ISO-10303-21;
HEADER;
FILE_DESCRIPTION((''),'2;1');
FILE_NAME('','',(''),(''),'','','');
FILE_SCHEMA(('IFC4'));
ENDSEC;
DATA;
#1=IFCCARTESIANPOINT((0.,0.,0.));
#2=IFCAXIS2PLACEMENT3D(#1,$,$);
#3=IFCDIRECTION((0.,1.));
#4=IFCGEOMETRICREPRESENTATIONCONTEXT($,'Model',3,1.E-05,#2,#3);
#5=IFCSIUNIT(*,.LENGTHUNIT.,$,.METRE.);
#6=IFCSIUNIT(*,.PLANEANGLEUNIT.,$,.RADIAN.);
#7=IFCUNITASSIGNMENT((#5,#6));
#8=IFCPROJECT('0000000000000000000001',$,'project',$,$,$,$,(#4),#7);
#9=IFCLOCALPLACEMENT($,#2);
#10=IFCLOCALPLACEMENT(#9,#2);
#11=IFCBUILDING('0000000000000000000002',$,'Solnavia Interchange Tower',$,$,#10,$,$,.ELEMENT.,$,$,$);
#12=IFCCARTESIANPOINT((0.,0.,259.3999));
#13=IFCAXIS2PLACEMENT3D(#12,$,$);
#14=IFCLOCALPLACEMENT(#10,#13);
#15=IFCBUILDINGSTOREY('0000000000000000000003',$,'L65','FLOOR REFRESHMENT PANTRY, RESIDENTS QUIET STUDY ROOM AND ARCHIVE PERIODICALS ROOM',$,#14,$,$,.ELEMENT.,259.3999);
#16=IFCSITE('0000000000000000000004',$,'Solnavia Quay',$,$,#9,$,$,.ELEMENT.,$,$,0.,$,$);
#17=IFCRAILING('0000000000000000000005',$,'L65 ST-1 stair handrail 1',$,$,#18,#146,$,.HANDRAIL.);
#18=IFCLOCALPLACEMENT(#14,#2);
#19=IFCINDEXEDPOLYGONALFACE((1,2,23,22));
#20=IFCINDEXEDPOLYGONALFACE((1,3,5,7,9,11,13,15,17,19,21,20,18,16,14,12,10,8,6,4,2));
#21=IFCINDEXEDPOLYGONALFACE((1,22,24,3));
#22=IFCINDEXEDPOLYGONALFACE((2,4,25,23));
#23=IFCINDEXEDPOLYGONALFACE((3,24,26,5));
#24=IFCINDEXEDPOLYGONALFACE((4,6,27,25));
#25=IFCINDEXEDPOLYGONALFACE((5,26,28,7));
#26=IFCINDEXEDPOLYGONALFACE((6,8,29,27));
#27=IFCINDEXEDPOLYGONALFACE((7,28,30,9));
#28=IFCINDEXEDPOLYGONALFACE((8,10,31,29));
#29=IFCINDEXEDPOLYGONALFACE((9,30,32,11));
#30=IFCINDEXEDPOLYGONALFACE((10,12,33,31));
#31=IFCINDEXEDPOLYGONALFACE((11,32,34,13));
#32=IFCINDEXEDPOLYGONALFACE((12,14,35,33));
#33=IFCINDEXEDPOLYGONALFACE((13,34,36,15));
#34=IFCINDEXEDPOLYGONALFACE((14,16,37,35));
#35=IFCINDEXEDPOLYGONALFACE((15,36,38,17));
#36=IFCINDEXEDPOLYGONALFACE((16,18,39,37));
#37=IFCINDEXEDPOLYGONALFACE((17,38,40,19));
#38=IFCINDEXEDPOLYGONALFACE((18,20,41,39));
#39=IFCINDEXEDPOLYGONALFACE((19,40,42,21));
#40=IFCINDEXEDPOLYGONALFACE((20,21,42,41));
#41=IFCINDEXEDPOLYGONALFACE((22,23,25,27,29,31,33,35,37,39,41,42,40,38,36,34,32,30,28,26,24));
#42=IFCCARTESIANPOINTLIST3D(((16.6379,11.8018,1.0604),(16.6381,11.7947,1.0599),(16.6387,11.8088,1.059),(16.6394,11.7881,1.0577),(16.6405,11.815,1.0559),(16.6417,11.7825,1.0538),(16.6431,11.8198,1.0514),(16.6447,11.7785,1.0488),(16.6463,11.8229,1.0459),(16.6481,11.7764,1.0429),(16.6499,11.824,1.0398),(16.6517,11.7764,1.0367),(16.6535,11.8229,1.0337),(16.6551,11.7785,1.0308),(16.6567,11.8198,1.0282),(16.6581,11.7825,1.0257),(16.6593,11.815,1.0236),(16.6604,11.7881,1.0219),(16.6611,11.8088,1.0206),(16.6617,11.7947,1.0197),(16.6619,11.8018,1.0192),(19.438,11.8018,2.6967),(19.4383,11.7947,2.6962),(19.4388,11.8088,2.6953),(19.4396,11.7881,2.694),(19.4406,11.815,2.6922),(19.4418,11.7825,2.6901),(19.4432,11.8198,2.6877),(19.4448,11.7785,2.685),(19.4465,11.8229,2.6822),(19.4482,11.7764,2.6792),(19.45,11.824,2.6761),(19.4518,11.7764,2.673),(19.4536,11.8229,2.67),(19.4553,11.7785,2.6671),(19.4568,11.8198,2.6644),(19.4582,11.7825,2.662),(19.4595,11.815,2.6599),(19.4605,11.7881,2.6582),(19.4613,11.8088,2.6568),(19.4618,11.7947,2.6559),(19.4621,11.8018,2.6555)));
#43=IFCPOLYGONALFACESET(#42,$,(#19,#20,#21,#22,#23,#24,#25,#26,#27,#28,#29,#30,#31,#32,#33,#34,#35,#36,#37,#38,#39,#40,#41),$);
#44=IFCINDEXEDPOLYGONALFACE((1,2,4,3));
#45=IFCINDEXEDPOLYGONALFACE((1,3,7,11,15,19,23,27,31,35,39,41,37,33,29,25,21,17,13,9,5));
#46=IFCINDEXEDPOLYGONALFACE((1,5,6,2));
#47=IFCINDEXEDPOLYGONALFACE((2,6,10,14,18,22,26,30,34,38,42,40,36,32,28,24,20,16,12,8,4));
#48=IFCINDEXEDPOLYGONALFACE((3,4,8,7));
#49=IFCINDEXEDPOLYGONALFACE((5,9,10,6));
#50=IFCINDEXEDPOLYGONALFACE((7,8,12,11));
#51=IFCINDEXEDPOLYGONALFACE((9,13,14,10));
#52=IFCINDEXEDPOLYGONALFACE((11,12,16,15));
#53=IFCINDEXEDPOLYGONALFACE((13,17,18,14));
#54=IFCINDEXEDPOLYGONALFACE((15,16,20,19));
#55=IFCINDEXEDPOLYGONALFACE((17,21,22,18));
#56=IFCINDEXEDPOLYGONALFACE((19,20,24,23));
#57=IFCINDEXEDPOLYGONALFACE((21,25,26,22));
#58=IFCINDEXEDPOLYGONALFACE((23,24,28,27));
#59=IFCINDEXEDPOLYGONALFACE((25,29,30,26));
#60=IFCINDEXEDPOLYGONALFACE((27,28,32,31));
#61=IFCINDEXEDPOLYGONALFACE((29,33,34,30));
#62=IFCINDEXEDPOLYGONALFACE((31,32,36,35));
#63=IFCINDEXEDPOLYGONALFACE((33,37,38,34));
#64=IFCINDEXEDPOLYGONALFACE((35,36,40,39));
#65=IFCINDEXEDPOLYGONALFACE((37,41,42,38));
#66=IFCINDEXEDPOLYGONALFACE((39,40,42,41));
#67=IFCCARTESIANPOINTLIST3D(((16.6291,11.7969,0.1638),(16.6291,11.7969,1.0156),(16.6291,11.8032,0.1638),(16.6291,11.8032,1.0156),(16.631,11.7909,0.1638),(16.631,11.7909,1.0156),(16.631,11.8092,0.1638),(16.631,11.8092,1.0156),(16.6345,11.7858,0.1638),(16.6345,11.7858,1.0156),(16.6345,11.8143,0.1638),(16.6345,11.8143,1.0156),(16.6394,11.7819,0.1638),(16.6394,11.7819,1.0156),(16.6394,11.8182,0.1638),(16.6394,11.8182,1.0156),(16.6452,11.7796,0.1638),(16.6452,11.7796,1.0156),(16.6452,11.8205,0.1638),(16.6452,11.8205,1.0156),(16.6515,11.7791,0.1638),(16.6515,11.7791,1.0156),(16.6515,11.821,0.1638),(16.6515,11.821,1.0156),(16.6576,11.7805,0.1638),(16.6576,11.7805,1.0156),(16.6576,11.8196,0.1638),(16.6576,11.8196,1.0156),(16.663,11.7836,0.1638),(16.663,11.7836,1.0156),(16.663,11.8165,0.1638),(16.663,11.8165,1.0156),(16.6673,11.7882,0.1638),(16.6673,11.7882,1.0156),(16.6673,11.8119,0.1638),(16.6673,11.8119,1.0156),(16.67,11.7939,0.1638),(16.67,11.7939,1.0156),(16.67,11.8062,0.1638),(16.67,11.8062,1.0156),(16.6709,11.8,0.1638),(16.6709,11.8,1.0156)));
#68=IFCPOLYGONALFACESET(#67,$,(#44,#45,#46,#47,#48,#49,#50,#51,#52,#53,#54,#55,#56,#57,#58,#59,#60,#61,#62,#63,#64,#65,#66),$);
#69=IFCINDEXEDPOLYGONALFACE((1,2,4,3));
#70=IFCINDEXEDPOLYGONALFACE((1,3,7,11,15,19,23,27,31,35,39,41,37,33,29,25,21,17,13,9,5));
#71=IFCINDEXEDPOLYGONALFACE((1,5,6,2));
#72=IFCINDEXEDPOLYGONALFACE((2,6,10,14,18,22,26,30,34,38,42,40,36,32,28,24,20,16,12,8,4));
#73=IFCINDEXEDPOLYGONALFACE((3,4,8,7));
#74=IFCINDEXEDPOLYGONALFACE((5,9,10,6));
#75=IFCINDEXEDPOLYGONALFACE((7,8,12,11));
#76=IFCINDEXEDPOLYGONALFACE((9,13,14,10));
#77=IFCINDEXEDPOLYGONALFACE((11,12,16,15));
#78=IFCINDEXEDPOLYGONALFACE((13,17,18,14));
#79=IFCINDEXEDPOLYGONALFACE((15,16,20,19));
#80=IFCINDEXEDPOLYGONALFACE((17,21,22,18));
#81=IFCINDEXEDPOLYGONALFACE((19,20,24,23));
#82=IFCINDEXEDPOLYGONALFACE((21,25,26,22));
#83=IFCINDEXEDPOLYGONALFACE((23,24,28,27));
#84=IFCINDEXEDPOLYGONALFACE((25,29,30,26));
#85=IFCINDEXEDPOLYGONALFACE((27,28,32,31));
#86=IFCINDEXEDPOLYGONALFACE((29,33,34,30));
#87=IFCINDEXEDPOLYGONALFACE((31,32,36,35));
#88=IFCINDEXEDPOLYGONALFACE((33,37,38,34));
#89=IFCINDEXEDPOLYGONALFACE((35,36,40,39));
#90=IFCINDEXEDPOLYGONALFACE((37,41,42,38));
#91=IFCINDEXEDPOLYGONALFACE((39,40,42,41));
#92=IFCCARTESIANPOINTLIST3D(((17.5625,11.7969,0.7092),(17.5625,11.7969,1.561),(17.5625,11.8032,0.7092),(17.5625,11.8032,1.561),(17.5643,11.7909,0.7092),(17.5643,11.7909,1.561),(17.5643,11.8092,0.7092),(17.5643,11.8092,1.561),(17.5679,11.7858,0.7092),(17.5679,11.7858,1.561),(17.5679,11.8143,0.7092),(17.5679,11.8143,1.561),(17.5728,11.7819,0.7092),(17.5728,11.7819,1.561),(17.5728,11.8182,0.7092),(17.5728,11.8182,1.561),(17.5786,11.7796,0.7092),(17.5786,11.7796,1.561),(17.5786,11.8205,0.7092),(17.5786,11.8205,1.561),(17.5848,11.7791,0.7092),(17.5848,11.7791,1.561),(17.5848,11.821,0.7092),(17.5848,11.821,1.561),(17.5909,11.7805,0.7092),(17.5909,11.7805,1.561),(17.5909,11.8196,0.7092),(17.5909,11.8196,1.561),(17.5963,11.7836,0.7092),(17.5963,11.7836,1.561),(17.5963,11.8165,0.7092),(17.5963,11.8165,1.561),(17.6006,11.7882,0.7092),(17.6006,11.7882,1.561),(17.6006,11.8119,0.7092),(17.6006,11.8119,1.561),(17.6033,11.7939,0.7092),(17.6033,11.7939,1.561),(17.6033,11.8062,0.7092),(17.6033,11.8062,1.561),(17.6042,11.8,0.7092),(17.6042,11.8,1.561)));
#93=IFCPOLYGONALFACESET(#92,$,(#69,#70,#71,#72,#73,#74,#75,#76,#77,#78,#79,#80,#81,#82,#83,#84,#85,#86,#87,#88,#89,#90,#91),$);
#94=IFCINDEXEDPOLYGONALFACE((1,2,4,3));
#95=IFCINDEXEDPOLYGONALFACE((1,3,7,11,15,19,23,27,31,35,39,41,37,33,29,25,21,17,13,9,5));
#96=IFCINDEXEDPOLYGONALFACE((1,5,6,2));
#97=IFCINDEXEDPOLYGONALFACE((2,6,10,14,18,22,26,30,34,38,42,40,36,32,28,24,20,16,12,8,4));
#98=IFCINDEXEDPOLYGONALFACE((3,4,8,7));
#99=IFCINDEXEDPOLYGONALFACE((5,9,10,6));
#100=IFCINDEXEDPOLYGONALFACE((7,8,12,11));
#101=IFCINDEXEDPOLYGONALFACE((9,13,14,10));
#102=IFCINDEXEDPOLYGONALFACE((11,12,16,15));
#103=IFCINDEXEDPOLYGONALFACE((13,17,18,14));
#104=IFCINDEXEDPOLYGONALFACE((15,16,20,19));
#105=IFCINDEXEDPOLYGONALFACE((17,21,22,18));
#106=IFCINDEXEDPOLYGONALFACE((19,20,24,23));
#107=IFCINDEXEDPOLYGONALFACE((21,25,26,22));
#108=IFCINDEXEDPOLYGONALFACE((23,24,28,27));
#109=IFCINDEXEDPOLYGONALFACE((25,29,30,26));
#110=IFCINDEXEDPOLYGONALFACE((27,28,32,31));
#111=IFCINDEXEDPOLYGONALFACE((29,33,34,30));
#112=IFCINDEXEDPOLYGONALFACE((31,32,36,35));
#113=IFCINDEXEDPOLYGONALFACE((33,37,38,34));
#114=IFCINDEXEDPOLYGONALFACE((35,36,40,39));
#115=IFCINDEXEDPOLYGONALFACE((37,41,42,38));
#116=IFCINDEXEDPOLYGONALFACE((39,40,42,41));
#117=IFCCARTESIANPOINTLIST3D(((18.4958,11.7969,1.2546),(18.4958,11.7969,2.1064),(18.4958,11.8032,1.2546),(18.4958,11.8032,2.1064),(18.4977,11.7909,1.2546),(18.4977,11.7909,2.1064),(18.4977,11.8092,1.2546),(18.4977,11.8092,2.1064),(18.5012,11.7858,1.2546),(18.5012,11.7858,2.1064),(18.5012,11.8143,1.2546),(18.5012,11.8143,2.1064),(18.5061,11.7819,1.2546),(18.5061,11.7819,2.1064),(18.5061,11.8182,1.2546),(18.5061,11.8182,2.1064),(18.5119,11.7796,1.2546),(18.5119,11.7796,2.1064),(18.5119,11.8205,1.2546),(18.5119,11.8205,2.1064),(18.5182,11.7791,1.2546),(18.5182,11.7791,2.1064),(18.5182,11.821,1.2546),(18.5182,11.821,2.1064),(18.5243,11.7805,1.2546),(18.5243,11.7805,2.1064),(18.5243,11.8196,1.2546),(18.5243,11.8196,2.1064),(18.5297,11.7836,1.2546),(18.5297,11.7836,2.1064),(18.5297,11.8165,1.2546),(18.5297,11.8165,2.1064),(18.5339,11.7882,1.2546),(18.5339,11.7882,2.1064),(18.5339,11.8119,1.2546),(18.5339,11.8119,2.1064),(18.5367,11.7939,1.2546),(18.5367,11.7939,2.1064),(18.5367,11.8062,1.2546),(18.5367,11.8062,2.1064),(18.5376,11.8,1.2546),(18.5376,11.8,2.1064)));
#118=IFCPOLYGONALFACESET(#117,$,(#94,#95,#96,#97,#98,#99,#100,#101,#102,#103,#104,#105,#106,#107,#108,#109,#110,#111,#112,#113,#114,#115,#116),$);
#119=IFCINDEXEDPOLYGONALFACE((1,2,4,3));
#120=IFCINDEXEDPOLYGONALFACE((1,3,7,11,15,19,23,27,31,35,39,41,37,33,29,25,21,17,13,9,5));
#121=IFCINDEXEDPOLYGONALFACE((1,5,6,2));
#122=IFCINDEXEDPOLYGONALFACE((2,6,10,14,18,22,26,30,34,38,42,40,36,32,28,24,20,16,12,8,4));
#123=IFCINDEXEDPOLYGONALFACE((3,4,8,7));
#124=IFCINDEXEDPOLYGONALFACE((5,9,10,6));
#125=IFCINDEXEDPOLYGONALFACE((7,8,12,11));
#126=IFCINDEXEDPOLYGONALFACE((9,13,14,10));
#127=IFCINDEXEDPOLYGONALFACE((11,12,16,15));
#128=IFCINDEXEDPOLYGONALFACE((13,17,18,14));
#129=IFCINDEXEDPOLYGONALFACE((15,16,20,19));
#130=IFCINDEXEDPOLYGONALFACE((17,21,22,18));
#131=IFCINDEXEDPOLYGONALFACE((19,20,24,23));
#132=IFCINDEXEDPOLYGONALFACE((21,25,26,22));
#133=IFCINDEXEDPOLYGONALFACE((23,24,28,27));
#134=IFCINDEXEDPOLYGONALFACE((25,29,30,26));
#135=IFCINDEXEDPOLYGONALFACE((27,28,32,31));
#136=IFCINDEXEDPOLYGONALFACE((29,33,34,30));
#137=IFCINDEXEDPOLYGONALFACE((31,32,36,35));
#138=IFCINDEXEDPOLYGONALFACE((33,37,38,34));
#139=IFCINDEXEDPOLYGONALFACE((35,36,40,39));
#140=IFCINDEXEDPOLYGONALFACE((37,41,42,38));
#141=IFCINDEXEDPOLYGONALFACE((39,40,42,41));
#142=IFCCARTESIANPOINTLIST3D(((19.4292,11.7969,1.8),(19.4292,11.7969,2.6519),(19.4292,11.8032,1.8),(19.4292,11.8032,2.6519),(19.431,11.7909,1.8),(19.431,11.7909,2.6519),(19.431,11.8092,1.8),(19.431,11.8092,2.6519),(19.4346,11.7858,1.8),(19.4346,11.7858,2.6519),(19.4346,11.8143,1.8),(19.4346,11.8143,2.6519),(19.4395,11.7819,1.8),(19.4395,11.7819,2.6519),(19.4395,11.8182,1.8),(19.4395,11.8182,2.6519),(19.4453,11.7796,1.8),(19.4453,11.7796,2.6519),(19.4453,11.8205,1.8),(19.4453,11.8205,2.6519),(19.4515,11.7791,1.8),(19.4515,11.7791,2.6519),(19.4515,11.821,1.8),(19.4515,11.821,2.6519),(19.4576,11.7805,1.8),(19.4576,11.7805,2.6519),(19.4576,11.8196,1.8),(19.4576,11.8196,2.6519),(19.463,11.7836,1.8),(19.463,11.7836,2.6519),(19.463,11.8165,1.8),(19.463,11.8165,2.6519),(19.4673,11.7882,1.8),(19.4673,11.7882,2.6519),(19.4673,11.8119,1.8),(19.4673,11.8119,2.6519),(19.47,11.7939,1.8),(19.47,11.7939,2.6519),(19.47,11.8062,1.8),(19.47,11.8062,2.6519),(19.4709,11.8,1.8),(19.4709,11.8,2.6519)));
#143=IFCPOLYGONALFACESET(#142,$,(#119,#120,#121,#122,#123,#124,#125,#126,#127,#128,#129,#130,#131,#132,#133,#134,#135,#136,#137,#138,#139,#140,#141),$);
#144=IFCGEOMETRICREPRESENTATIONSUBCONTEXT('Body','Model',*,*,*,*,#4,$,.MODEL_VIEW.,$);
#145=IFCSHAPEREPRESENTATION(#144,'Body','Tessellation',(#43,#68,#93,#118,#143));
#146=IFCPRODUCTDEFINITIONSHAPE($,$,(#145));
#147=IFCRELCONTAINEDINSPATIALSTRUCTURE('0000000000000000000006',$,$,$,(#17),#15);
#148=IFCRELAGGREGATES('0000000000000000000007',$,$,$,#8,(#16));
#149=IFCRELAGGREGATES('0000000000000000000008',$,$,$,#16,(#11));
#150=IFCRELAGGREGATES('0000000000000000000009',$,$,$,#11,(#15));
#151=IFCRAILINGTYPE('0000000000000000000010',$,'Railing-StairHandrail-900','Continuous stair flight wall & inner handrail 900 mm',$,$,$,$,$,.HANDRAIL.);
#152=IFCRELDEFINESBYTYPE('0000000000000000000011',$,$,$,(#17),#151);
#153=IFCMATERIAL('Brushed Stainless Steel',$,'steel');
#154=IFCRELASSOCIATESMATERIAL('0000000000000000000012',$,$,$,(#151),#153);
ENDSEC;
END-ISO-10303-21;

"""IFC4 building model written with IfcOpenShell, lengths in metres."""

from ifc_helpers import new_model, si_unit, direction, frame, origin, origin_2d, place, context, subcontext, project, spatial, circle, extrude, material, type_object, element, save


model = new_model("IFC4")

# Units and contexts
model_context = context("Model", 3, precision=1e-05, world=origin(), true_north=direction((0.0, 1.0)))
body_context = subcontext(model_context, "Body", "Model", "MODEL_VIEW")
ifc_project = project(units=[si_unit("LENGTHUNIT", "METRE"), si_unit("PLANEANGLEUNIT", "RADIAN")], contexts=[model_context])

# Site, building, storey
site_placement = place(None, origin())
site = spatial("IfcSite", under=ifc_project, at=site_placement, Name="Solnavia Quay", CompositionType="ELEMENT", RefElevation=0.0)
building_placement = place(site_placement, origin())
building = spatial("IfcBuilding", under=site, at=building_placement, Name="Solnavia Interchange Tower", CompositionType="ELEMENT")
storey_placement = place(building_placement, frame((0.0, 0.0, 259.3999)))
storey = spatial("IfcBuildingStorey", under=building, at=storey_placement, Name="L65", Description="FLOOR REFRESHMENT PANTRY, RESIDENTS QUIET STUDY ROOM AND ARCHIVE PERIODICALS ROOM", CompositionType="ELEMENT", Elevation=259.3999)

# Railing
ifc_material_1 = material(Name="Brushed Stainless Steel", Category="steel")
railing_type_1 = type_object("IfcRailingType", Name="Railing-StairHandrail-900", Description="Continuous stair flight wall & inner handrail 900 mm", PredefinedType="HANDRAIL", material=ifc_material_1)
railing_1_placement = place(storey_placement, frame((16.6499, 11.8, 0.1638)))
element("IfcRailing", 1, at=railing_1_placement, inside=storey, type_object=railing_type_1, Name="L65 ST-1 stair handrail 1", PredefinedType="HANDRAIL", context=body_context, shape_type="SweptSolid", body=[
    extrude(circle(Radius=0.0239, at=origin_2d()), frame((0.0, 0.0, 0.876), z_axis=(0.863394, 0.0, 0.504531), x_axis=(0.0, 1.0, 0.0)), (0.0, 0.0, 1.0), 3.2432),
    extrude(circle(Radius=0.021, at=origin_2d()), origin(), (0.0, 0.0, 1.0), 0.8518),
    extrude(circle(Radius=0.021, at=origin_2d()), frame((0.9333, 0.0, 0.5454)), (0.0, 0.0, 1.0), 0.8518),
    extrude(circle(Radius=0.021, at=origin_2d()), frame((1.8667, 0.0, 1.0908)), (0.0, 0.0, 1.0), 0.8518),
    extrude(circle(Radius=0.021, at=origin_2d()), frame((2.8, 0.0, 1.6362)), (0.0, 0.0, 1.0), 0.8518),
])

save(model, "model.ifc")
